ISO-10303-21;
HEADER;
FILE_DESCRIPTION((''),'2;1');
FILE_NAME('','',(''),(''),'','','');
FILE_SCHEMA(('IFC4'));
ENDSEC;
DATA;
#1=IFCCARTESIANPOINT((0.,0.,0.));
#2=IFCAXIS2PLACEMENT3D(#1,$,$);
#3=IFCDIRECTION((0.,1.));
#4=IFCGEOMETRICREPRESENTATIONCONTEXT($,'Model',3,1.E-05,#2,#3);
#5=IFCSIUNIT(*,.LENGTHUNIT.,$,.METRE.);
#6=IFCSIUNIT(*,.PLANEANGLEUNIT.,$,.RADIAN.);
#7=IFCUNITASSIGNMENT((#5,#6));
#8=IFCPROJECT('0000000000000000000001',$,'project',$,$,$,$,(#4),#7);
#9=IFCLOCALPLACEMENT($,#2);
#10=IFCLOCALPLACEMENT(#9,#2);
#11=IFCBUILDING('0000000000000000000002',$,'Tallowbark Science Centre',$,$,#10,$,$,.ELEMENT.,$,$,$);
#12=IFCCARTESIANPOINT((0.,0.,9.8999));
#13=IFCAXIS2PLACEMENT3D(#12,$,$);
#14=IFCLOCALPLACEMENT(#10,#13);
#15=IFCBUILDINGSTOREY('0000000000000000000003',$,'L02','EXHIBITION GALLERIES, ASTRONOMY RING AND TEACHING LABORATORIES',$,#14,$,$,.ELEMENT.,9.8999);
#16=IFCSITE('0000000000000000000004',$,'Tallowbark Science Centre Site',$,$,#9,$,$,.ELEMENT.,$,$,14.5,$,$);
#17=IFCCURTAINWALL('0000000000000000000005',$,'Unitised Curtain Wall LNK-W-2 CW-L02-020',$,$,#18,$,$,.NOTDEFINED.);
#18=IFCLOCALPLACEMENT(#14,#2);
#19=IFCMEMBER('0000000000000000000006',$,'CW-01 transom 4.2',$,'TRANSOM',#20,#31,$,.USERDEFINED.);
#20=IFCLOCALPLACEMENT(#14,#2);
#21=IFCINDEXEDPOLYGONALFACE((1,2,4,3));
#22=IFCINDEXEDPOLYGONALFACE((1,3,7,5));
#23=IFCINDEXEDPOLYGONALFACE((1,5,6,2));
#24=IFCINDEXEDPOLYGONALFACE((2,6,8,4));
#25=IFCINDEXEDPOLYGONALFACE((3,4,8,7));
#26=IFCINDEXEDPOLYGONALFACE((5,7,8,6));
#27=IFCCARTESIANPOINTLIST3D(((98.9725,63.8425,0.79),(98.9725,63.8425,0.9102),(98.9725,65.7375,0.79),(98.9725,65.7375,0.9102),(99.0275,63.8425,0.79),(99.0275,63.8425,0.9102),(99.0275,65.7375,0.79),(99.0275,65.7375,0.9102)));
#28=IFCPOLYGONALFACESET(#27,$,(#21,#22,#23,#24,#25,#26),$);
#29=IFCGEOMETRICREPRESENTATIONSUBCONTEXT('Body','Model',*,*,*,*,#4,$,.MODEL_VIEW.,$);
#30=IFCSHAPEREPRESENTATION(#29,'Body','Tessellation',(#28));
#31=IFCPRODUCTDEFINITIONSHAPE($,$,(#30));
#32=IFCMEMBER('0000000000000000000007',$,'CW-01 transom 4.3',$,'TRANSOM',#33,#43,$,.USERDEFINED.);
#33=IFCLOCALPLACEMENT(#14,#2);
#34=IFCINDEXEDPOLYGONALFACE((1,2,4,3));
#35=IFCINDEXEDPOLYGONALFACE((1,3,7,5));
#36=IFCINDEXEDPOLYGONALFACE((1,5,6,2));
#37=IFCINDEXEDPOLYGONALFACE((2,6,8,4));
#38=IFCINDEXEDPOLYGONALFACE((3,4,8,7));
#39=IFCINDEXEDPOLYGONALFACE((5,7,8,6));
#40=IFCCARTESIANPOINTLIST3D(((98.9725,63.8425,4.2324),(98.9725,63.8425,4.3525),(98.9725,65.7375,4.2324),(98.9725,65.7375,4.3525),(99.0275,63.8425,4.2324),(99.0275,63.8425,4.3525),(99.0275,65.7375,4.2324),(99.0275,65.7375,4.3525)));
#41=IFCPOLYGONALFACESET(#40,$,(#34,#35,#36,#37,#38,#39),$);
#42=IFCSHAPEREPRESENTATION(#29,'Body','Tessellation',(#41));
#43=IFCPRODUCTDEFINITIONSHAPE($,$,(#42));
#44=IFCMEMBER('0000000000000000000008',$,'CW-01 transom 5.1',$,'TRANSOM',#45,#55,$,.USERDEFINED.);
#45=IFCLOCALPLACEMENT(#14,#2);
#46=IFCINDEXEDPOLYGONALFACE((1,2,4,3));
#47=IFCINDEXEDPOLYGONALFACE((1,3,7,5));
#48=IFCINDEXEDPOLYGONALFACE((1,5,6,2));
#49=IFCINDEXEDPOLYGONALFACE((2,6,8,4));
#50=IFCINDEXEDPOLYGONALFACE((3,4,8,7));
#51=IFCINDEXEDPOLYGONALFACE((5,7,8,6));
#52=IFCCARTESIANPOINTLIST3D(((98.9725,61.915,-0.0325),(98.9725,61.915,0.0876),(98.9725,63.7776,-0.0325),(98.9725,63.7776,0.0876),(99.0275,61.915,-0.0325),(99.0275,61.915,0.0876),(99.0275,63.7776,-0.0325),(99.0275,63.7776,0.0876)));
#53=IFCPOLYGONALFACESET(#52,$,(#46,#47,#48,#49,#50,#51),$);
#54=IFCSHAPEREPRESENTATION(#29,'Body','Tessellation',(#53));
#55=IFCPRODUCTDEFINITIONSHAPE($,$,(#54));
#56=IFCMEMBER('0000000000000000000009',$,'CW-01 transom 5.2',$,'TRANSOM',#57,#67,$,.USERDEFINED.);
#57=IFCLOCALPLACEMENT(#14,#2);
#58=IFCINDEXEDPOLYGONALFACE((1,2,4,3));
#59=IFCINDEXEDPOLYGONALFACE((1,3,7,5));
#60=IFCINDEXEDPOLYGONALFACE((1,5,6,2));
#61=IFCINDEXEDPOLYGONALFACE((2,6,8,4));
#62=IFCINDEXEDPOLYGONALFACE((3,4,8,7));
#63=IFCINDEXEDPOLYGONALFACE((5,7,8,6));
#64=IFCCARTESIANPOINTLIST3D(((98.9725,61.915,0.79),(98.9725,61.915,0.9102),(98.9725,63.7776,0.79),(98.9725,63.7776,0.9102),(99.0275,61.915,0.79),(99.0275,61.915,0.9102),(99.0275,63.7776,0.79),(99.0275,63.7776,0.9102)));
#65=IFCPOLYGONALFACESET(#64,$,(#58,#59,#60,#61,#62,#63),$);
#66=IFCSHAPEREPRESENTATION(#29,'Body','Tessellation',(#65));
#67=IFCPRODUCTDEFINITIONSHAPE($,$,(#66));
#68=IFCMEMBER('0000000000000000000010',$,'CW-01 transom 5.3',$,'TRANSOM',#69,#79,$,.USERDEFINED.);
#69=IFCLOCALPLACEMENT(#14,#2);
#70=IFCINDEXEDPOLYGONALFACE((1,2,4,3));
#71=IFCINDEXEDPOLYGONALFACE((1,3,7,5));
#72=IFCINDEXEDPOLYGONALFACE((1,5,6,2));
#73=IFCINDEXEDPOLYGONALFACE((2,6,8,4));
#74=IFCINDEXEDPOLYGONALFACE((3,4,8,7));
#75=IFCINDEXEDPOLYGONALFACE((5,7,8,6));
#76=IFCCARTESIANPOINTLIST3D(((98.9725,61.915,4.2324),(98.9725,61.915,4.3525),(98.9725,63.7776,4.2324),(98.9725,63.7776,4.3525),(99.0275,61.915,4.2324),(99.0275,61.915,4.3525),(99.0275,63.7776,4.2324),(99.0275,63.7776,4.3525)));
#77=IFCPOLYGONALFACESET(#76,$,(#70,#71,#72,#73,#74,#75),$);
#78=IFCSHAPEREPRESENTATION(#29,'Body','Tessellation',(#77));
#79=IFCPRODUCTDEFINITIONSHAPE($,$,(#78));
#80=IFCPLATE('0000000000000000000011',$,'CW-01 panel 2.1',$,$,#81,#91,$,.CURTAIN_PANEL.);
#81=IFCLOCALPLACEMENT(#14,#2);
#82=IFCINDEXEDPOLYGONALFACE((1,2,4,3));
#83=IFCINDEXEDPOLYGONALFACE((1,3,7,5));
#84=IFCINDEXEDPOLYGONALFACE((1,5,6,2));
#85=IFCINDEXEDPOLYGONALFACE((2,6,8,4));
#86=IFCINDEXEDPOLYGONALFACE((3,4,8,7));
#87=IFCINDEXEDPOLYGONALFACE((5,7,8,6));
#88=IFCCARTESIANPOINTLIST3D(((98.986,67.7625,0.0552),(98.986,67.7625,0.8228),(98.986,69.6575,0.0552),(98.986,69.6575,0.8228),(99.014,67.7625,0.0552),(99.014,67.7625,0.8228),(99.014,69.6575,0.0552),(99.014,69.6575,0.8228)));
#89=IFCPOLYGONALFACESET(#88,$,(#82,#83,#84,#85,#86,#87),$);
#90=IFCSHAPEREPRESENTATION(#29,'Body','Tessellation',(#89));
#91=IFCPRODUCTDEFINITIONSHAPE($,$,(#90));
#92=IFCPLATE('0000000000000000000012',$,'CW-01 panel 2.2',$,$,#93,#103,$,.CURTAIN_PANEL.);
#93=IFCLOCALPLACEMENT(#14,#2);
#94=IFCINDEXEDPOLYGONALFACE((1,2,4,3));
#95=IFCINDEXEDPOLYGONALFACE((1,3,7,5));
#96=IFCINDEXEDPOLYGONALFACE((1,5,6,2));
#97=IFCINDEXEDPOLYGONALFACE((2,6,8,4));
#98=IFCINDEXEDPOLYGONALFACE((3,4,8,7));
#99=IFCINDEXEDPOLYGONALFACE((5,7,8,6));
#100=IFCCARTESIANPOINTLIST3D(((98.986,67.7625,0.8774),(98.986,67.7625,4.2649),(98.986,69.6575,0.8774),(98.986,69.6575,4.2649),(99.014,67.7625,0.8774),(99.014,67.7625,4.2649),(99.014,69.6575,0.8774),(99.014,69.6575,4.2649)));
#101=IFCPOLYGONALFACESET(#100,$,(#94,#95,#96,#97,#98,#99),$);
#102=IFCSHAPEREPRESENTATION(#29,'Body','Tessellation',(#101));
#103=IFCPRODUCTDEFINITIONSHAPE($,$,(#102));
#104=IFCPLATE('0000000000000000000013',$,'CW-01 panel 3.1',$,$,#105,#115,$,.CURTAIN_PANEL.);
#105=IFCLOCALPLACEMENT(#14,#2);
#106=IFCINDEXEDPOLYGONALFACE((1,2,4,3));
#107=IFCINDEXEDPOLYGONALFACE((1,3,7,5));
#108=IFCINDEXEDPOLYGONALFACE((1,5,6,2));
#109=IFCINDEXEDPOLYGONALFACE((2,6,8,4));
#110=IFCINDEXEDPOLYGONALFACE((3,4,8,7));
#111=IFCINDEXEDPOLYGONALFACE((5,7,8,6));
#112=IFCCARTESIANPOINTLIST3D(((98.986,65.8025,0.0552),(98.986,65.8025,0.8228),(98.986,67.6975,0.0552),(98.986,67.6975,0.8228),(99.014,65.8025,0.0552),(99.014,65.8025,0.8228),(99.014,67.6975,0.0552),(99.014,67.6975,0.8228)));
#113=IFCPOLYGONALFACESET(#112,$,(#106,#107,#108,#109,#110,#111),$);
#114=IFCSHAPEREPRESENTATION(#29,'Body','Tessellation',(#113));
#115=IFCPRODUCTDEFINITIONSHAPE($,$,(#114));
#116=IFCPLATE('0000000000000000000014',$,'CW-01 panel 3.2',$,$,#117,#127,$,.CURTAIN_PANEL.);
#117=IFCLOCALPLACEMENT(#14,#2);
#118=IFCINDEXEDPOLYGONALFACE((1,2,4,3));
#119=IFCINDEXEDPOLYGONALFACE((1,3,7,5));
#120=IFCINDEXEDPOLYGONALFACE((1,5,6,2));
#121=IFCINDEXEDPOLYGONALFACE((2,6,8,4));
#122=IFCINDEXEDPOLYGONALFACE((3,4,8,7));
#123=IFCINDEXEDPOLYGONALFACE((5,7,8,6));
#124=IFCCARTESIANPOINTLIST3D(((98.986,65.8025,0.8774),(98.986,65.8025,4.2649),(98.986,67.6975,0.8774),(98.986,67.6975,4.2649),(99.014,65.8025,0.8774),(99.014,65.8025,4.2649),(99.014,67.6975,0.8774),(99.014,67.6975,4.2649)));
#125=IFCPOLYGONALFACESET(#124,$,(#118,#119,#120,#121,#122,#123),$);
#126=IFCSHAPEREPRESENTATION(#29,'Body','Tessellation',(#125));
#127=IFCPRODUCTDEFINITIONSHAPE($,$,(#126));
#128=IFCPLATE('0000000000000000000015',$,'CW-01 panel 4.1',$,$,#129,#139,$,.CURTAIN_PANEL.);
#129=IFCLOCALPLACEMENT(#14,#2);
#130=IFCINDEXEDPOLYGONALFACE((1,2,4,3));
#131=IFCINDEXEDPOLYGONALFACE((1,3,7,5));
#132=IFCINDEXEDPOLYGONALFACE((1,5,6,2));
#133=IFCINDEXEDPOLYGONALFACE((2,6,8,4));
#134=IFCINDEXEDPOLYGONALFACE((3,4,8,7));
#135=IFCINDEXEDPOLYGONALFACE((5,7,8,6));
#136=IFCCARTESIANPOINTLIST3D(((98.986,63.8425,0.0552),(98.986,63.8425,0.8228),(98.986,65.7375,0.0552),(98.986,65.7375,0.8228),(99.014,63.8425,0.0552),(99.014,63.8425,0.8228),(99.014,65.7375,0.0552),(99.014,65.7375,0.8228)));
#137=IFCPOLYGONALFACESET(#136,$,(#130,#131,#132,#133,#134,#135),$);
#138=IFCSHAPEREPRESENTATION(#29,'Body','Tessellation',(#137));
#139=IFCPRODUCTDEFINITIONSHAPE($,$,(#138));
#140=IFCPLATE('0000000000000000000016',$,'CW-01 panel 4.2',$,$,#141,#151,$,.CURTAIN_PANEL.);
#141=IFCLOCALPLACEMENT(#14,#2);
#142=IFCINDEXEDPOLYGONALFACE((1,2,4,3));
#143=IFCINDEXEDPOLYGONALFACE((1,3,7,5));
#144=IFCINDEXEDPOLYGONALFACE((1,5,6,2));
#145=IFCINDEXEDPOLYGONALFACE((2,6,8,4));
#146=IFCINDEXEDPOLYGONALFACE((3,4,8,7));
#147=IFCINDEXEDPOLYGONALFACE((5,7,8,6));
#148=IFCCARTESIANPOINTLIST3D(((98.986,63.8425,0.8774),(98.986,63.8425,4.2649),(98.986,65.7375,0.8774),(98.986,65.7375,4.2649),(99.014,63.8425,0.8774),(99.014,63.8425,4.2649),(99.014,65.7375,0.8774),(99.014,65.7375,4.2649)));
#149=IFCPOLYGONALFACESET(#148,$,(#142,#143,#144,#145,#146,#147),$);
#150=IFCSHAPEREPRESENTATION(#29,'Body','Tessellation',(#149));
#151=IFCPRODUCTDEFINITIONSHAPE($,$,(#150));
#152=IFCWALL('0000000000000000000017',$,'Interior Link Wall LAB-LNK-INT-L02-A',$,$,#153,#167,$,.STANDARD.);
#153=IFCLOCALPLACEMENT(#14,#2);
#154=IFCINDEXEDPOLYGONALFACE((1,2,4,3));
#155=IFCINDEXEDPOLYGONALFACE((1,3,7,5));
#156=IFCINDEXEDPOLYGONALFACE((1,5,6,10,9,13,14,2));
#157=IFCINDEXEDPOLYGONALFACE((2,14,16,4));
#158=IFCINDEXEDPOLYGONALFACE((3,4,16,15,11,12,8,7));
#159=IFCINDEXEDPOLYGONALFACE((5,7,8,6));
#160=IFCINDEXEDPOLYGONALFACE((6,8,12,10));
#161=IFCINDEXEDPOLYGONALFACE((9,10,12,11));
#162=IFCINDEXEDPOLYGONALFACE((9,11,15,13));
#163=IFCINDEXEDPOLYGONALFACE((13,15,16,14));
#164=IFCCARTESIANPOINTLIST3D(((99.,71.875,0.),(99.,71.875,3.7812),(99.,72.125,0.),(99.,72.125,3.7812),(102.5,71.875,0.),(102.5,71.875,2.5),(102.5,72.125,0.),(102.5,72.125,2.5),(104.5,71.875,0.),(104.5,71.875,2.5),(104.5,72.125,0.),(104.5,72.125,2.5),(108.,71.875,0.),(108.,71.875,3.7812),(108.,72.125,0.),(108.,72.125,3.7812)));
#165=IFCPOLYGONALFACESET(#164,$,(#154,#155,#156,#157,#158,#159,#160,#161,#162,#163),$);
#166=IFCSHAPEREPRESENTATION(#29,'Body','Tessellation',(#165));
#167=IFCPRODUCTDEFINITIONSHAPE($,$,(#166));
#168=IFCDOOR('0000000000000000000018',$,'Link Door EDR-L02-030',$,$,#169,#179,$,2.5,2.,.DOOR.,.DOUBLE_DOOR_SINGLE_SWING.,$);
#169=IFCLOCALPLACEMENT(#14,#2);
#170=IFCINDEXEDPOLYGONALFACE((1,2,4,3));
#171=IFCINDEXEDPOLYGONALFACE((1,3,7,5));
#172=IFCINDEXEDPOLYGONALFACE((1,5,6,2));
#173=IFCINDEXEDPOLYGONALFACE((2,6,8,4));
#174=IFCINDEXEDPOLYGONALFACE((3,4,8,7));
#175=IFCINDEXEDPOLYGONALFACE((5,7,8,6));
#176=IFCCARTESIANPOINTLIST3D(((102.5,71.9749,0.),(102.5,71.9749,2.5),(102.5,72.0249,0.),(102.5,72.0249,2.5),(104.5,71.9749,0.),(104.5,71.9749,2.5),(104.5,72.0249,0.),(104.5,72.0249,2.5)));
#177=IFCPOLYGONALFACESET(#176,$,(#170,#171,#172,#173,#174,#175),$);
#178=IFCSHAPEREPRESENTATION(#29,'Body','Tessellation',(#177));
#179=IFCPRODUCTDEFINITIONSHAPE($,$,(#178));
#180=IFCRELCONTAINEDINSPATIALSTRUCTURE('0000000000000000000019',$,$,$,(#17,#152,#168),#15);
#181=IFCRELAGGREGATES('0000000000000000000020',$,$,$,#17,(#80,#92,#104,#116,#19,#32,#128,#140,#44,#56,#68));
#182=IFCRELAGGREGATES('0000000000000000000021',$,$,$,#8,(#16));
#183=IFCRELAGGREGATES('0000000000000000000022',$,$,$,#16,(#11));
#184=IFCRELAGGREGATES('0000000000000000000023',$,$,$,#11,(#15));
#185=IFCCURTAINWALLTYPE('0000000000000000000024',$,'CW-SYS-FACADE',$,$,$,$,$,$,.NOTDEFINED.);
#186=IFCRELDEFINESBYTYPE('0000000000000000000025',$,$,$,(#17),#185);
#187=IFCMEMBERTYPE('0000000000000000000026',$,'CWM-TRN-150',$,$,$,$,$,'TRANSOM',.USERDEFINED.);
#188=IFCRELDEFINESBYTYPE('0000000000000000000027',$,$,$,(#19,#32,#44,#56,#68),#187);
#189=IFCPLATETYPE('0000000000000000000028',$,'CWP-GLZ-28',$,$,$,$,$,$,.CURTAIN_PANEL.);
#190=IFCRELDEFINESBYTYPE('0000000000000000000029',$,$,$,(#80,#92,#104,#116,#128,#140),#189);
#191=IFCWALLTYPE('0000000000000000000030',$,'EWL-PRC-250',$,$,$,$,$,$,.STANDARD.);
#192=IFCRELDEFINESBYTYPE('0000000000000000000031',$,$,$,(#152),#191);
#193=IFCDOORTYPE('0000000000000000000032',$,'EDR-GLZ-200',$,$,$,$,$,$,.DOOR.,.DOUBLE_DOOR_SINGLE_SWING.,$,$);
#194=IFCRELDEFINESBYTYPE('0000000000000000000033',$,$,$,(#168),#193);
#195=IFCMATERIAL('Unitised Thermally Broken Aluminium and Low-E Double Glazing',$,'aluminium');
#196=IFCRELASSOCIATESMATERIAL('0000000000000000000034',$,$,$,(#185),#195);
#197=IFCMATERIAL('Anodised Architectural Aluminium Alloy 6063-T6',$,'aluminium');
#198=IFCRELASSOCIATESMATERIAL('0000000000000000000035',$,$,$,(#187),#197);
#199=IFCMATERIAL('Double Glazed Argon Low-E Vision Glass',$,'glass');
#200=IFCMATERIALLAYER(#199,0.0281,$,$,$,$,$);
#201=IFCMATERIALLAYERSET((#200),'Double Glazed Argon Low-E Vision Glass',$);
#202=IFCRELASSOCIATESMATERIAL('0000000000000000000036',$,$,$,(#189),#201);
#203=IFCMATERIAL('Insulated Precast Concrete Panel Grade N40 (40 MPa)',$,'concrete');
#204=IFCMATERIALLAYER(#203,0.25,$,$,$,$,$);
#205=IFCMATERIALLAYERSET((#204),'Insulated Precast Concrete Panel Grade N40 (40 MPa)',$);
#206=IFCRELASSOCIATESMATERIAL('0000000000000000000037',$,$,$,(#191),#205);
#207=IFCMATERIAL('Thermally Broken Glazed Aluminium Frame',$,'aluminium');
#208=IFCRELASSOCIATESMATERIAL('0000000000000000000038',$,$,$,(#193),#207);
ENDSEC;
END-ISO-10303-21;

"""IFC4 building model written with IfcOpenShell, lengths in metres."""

from ifc_helpers import new_model, si_unit, direction, frame, frame_2d, origin, origin_2d, place, context, subcontext, project, spatial, rectangle, extrude, material, layer, layer_set, material_profile, profile_set, type_object, element, fill, aggregate, save


model = new_model("IFC4")

# Units and contexts
model_context = context("Model", 3, precision=1e-05, world=origin(), true_north=direction((0.0, 1.0)))
body_context = subcontext(model_context, "Body", "Model", "MODEL_VIEW")
ifc_project = project(units=[si_unit("LENGTHUNIT", "METRE"), si_unit("PLANEANGLEUNIT", "RADIAN")], contexts=[model_context])

# Site, building, storey
site_placement = place(None, origin())
site = spatial("IfcSite", under=ifc_project, at=site_placement, Name="Tallowbark Science Centre Site", CompositionType="ELEMENT", RefElevation=14.5)
building_placement = place(site_placement, origin())
building = spatial("IfcBuilding", under=site, at=building_placement, Name="Tallowbark Science Centre", CompositionType="ELEMENT")
storey_placement = place(building_placement, frame((0.0, 0.0, 9.8999)))
storey = spatial("IfcBuildingStorey", under=building, at=storey_placement, Name="L02", Description="EXHIBITION GALLERIES, ASTRONOMY RING AND TEACHING LABORATORIES", CompositionType="ELEMENT", Elevation=9.8999)

# Curtain wall, members, plates
ifc_material_1 = material(Name="Unitised Thermally Broken Aluminium and Low-E Double Glazing", Category="aluminium")
curtain_wall_type = type_object("IfcCurtainWallType", Name="CW-SYS-FACADE", PredefinedType="NOTDEFINED", material=ifc_material_1)
curtain_wall_placement = place(storey_placement, origin())
curtain_wall = element("IfcCurtainWall", 1, at=curtain_wall_placement, inside=storey, type_object=curtain_wall_type, Name="Unitised Curtain Wall LNK-W-2 CW-L02-020", PredefinedType="NOTDEFINED")
ifc_material_2 = material(Name="Anodised Architectural Aluminium Alloy 6063-T6", Category="aluminium")
ifc_material_profile_1 = material_profile(ifc_material_2, rectangle(XDim=0.0549, YDim=0.1201, at=origin_2d()), Name="ALU55x120")
ifc_profile_set_1 = profile_set([ifc_material_profile_1], Name="Anodised Architectural Aluminium Alloy 6063-T6")
member_type = type_object("IfcMemberType", Name="CWM-TRN-150", ElementType="TRANSOM", PredefinedType="USERDEFINED", material=ifc_profile_set_1)
member_1_placement = place(storey_placement, frame((99.0, 65.7375, 0.8501), z_axis=(0.0, -1.0, 0.0), x_axis=(1.0, 0.0, 0.0)))
member_1 = element("IfcMember", 2, at=member_1_placement, type_object=member_type, Name="CW-01 transom 4.2", ObjectType="TRANSOM", PredefinedType="USERDEFINED", context=body_context, shape_type="SweptSolid", body=[
    extrude(rectangle(XDim=0.0549, YDim=0.1201, at=origin_2d()), origin(), (0.0, 0.0, 1.0), 1.895),
])
member_2_placement = place(storey_placement, frame((99.0, 65.7375, 4.2925), z_axis=(0.0, -1.0, 0.0), x_axis=(1.0, 0.0, 0.0)))
member_2 = element("IfcMember", 3, at=member_2_placement, type_object=member_type, Name="CW-01 transom 4.3", ObjectType="TRANSOM", PredefinedType="USERDEFINED", context=body_context, shape_type="SweptSolid", body=[
    extrude(rectangle(XDim=0.0549, YDim=0.1201, at=origin_2d()), origin(), (0.0, 0.0, 1.0), 1.895),
])
member_3_placement = place(storey_placement, frame((99.0, 63.7776, 0.0276), z_axis=(0.0, -1.0, 0.0), x_axis=(1.0, 0.0, 0.0)))
member_3 = element("IfcMember", 4, at=member_3_placement, type_object=member_type, Name="CW-01 transom 5.1", ObjectType="TRANSOM", PredefinedType="USERDEFINED", context=body_context, shape_type="SweptSolid", body=[
    extrude(rectangle(XDim=0.0549, YDim=0.1201, at=origin_2d()), origin(), (0.0, 0.0, 1.0), 1.8625),
])
member_4_placement = place(storey_placement, frame((99.0, 63.7776, 0.8501), z_axis=(0.0, -1.0, 0.0), x_axis=(1.0, 0.0, 0.0)))
member_4 = element("IfcMember", 5, at=member_4_placement, type_object=member_type, Name="CW-01 transom 5.2", ObjectType="TRANSOM", PredefinedType="USERDEFINED", context=body_context, shape_type="SweptSolid", body=[
    extrude(rectangle(XDim=0.0549, YDim=0.1201, at=origin_2d()), origin(), (0.0, 0.0, 1.0), 1.8625),
])
member_5_placement = place(storey_placement, frame((99.0, 63.7776, 4.2925), z_axis=(0.0, -1.0, 0.0), x_axis=(1.0, 0.0, 0.0)))
member_5 = element("IfcMember", 6, at=member_5_placement, type_object=member_type, Name="CW-01 transom 5.3", ObjectType="TRANSOM", PredefinedType="USERDEFINED", context=body_context, shape_type="SweptSolid", body=[
    extrude(rectangle(XDim=0.0549, YDim=0.1201, at=origin_2d()), origin(), (0.0, 0.0, 1.0), 1.8625),
])
ifc_material_3 = material(Name="Double Glazed Argon Low-E Vision Glass", Category="glass")
ifc_layer_1 = layer(ifc_material_3, 0.0281)
ifc_layer_set_1 = layer_set([ifc_layer_1], Name="Double Glazed Argon Low-E Vision Glass")
plate_type = type_object("IfcPlateType", Name="CWP-GLZ-28", PredefinedType="CURTAIN_PANEL", material=ifc_layer_set_1)
plate_1_placement = place(storey_placement, frame((99.0, 68.71, 0.0552), z_axis=(0.0, 0.0, 1.0), x_axis=(0.0, -1.0, 0.0)))
plate_1 = element("IfcPlate", 7, at=plate_1_placement, type_object=plate_type, Name="CW-01 panel 2.1", PredefinedType="CURTAIN_PANEL", context=body_context, shape_type="SweptSolid", body=[
    extrude(rectangle(XDim=1.895, YDim=0.0281, at=origin_2d()), origin(), (0.0, 0.0, 1.0), 0.7676),
])
plate_2_placement = place(storey_placement, frame((99.0, 68.71, 0.8774), z_axis=(0.0, 0.0, 1.0), x_axis=(0.0, -1.0, 0.0)))
plate_2 = element("IfcPlate", 8, at=plate_2_placement, type_object=plate_type, Name="CW-01 panel 2.2", PredefinedType="CURTAIN_PANEL", context=body_context, shape_type="SweptSolid", body=[
    extrude(rectangle(XDim=1.895, YDim=0.0281, at=origin_2d()), origin(), (0.0, 0.0, 1.0), 3.3875),
])
plate_3_placement = place(storey_placement, frame((99.0, 66.75, 0.0552), z_axis=(0.0, 0.0, 1.0), x_axis=(0.0, -1.0, 0.0)))
plate_3 = element("IfcPlate", 9, at=plate_3_placement, type_object=plate_type, Name="CW-01 panel 3.1", PredefinedType="CURTAIN_PANEL", context=body_context, shape_type="SweptSolid", body=[
    extrude(rectangle(XDim=1.895, YDim=0.0281, at=origin_2d()), origin(), (0.0, 0.0, 1.0), 0.7676),
])
plate_4_placement = place(storey_placement, frame((99.0, 66.75, 0.8774), z_axis=(0.0, 0.0, 1.0), x_axis=(0.0, -1.0, 0.0)))
plate_4 = element("IfcPlate", 10, at=plate_4_placement, type_object=plate_type, Name="CW-01 panel 3.2", PredefinedType="CURTAIN_PANEL", context=body_context, shape_type="SweptSolid", body=[
    extrude(rectangle(XDim=1.895, YDim=0.0281, at=origin_2d()), origin(), (0.0, 0.0, 1.0), 3.3875),
])
plate_5_placement = place(storey_placement, frame((99.0, 64.79, 0.0552), z_axis=(0.0, 0.0, 1.0), x_axis=(0.0, -1.0, 0.0)))
plate_5 = element("IfcPlate", 11, at=plate_5_placement, type_object=plate_type, Name="CW-01 panel 4.1", PredefinedType="CURTAIN_PANEL", context=body_context, shape_type="SweptSolid", body=[
    extrude(rectangle(XDim=1.895, YDim=0.0281, at=origin_2d()), origin(), (0.0, 0.0, 1.0), 0.7676),
])
plate_6_placement = place(storey_placement, frame((99.0, 64.79, 0.8774), z_axis=(0.0, 0.0, 1.0), x_axis=(0.0, -1.0, 0.0)))
plate_6 = element("IfcPlate", 12, at=plate_6_placement, type_object=plate_type, Name="CW-01 panel 4.2", PredefinedType="CURTAIN_PANEL", context=body_context, shape_type="SweptSolid", body=[
    extrude(rectangle(XDim=1.895, YDim=0.0281, at=origin_2d()), origin(), (0.0, 0.0, 1.0), 3.3875),
])
aggregate(curtain_wall, [plate_1, plate_2, plate_3, plate_4, member_1, member_2, plate_5, plate_6, member_3, member_4, member_5])

# Wall, opening, door
ifc_material_4 = material(Name="Insulated Precast Concrete Panel Grade N40 (40 MPa)", Category="concrete")
ifc_layer_2 = layer(ifc_material_4, 0.25)
ifc_layer_set_2 = layer_set([ifc_layer_2], Name="Insulated Precast Concrete Panel Grade N40 (40 MPa)")
wall_type_1 = type_object("IfcWallType", Name="EWL-PRC-250", PredefinedType="STANDARD", material=ifc_layer_set_2)
wall_1_placement = place(storey_placement, frame((99.0, 72.0, 0.0), z_axis=(0.0, 0.0, 1.0), x_axis=(1.0, 0.0, 0.0)))
wall_1 = element("IfcWall", 13, at=wall_1_placement, inside=storey, type_object=wall_type_1, Name="Interior Link Wall LAB-LNK-INT-L02-A", PredefinedType="STANDARD", context=body_context, shape_type="SweptSolid", body=[
    extrude(rectangle(XDim=9.0, YDim=0.25, at=frame_2d((4.5, 0.0))), origin(), (0.0, 0.0, 1.0), 3.7812),
])
opening_1_placement = place(wall_1_placement, frame((3.5, 0.0, 0.0)))
opening_1 = element("IfcOpeningElement", 14, at=opening_1_placement, cuts=wall_1, PredefinedType="OPENING", context=body_context, shape_type="SweptSolid", body=[
    extrude(rectangle(XDim=2.0, YDim=2.5, at=frame_2d((1.0, 1.25))), frame((0.0, 0.135, 0.0), z_axis=(0.0, -1.0, 0.0), x_axis=(1.0, 0.0, 0.0)), (0.0, 0.0, 1.0), 0.27),
])
ifc_material_5 = material(Name="Thermally Broken Glazed Aluminium Frame", Category="aluminium")
door_type_1 = type_object("IfcDoorType", Name="EDR-GLZ-200", OperationType="DOUBLE_DOOR_SINGLE_SWING", PredefinedType="DOOR", material=ifc_material_5)
door_1_placement = place(opening_1_placement, origin())
door_1 = element("IfcDoor", 15, at=door_1_placement, inside=storey, type_object=door_type_1, Name="Link Door EDR-L02-030", OperationType="DOUBLE_DOOR_SINGLE_SWING", OverallHeight=2.5, OverallWidth=2.0, PredefinedType="DOOR", context=body_context, shape_type="SweptSolid", body=[
    extrude(rectangle(XDim=2.0, YDim=2.5, at=frame_2d((1.0, 1.25))), frame((0.0, 0.0249, 0.0), z_axis=(0.0, -1.0, 0.0), x_axis=(1.0, 0.0, 0.0)), (0.0, 0.0, 1.0), 0.05),
])
fill(opening_1, door_1)

save(model, "model.ifc")
